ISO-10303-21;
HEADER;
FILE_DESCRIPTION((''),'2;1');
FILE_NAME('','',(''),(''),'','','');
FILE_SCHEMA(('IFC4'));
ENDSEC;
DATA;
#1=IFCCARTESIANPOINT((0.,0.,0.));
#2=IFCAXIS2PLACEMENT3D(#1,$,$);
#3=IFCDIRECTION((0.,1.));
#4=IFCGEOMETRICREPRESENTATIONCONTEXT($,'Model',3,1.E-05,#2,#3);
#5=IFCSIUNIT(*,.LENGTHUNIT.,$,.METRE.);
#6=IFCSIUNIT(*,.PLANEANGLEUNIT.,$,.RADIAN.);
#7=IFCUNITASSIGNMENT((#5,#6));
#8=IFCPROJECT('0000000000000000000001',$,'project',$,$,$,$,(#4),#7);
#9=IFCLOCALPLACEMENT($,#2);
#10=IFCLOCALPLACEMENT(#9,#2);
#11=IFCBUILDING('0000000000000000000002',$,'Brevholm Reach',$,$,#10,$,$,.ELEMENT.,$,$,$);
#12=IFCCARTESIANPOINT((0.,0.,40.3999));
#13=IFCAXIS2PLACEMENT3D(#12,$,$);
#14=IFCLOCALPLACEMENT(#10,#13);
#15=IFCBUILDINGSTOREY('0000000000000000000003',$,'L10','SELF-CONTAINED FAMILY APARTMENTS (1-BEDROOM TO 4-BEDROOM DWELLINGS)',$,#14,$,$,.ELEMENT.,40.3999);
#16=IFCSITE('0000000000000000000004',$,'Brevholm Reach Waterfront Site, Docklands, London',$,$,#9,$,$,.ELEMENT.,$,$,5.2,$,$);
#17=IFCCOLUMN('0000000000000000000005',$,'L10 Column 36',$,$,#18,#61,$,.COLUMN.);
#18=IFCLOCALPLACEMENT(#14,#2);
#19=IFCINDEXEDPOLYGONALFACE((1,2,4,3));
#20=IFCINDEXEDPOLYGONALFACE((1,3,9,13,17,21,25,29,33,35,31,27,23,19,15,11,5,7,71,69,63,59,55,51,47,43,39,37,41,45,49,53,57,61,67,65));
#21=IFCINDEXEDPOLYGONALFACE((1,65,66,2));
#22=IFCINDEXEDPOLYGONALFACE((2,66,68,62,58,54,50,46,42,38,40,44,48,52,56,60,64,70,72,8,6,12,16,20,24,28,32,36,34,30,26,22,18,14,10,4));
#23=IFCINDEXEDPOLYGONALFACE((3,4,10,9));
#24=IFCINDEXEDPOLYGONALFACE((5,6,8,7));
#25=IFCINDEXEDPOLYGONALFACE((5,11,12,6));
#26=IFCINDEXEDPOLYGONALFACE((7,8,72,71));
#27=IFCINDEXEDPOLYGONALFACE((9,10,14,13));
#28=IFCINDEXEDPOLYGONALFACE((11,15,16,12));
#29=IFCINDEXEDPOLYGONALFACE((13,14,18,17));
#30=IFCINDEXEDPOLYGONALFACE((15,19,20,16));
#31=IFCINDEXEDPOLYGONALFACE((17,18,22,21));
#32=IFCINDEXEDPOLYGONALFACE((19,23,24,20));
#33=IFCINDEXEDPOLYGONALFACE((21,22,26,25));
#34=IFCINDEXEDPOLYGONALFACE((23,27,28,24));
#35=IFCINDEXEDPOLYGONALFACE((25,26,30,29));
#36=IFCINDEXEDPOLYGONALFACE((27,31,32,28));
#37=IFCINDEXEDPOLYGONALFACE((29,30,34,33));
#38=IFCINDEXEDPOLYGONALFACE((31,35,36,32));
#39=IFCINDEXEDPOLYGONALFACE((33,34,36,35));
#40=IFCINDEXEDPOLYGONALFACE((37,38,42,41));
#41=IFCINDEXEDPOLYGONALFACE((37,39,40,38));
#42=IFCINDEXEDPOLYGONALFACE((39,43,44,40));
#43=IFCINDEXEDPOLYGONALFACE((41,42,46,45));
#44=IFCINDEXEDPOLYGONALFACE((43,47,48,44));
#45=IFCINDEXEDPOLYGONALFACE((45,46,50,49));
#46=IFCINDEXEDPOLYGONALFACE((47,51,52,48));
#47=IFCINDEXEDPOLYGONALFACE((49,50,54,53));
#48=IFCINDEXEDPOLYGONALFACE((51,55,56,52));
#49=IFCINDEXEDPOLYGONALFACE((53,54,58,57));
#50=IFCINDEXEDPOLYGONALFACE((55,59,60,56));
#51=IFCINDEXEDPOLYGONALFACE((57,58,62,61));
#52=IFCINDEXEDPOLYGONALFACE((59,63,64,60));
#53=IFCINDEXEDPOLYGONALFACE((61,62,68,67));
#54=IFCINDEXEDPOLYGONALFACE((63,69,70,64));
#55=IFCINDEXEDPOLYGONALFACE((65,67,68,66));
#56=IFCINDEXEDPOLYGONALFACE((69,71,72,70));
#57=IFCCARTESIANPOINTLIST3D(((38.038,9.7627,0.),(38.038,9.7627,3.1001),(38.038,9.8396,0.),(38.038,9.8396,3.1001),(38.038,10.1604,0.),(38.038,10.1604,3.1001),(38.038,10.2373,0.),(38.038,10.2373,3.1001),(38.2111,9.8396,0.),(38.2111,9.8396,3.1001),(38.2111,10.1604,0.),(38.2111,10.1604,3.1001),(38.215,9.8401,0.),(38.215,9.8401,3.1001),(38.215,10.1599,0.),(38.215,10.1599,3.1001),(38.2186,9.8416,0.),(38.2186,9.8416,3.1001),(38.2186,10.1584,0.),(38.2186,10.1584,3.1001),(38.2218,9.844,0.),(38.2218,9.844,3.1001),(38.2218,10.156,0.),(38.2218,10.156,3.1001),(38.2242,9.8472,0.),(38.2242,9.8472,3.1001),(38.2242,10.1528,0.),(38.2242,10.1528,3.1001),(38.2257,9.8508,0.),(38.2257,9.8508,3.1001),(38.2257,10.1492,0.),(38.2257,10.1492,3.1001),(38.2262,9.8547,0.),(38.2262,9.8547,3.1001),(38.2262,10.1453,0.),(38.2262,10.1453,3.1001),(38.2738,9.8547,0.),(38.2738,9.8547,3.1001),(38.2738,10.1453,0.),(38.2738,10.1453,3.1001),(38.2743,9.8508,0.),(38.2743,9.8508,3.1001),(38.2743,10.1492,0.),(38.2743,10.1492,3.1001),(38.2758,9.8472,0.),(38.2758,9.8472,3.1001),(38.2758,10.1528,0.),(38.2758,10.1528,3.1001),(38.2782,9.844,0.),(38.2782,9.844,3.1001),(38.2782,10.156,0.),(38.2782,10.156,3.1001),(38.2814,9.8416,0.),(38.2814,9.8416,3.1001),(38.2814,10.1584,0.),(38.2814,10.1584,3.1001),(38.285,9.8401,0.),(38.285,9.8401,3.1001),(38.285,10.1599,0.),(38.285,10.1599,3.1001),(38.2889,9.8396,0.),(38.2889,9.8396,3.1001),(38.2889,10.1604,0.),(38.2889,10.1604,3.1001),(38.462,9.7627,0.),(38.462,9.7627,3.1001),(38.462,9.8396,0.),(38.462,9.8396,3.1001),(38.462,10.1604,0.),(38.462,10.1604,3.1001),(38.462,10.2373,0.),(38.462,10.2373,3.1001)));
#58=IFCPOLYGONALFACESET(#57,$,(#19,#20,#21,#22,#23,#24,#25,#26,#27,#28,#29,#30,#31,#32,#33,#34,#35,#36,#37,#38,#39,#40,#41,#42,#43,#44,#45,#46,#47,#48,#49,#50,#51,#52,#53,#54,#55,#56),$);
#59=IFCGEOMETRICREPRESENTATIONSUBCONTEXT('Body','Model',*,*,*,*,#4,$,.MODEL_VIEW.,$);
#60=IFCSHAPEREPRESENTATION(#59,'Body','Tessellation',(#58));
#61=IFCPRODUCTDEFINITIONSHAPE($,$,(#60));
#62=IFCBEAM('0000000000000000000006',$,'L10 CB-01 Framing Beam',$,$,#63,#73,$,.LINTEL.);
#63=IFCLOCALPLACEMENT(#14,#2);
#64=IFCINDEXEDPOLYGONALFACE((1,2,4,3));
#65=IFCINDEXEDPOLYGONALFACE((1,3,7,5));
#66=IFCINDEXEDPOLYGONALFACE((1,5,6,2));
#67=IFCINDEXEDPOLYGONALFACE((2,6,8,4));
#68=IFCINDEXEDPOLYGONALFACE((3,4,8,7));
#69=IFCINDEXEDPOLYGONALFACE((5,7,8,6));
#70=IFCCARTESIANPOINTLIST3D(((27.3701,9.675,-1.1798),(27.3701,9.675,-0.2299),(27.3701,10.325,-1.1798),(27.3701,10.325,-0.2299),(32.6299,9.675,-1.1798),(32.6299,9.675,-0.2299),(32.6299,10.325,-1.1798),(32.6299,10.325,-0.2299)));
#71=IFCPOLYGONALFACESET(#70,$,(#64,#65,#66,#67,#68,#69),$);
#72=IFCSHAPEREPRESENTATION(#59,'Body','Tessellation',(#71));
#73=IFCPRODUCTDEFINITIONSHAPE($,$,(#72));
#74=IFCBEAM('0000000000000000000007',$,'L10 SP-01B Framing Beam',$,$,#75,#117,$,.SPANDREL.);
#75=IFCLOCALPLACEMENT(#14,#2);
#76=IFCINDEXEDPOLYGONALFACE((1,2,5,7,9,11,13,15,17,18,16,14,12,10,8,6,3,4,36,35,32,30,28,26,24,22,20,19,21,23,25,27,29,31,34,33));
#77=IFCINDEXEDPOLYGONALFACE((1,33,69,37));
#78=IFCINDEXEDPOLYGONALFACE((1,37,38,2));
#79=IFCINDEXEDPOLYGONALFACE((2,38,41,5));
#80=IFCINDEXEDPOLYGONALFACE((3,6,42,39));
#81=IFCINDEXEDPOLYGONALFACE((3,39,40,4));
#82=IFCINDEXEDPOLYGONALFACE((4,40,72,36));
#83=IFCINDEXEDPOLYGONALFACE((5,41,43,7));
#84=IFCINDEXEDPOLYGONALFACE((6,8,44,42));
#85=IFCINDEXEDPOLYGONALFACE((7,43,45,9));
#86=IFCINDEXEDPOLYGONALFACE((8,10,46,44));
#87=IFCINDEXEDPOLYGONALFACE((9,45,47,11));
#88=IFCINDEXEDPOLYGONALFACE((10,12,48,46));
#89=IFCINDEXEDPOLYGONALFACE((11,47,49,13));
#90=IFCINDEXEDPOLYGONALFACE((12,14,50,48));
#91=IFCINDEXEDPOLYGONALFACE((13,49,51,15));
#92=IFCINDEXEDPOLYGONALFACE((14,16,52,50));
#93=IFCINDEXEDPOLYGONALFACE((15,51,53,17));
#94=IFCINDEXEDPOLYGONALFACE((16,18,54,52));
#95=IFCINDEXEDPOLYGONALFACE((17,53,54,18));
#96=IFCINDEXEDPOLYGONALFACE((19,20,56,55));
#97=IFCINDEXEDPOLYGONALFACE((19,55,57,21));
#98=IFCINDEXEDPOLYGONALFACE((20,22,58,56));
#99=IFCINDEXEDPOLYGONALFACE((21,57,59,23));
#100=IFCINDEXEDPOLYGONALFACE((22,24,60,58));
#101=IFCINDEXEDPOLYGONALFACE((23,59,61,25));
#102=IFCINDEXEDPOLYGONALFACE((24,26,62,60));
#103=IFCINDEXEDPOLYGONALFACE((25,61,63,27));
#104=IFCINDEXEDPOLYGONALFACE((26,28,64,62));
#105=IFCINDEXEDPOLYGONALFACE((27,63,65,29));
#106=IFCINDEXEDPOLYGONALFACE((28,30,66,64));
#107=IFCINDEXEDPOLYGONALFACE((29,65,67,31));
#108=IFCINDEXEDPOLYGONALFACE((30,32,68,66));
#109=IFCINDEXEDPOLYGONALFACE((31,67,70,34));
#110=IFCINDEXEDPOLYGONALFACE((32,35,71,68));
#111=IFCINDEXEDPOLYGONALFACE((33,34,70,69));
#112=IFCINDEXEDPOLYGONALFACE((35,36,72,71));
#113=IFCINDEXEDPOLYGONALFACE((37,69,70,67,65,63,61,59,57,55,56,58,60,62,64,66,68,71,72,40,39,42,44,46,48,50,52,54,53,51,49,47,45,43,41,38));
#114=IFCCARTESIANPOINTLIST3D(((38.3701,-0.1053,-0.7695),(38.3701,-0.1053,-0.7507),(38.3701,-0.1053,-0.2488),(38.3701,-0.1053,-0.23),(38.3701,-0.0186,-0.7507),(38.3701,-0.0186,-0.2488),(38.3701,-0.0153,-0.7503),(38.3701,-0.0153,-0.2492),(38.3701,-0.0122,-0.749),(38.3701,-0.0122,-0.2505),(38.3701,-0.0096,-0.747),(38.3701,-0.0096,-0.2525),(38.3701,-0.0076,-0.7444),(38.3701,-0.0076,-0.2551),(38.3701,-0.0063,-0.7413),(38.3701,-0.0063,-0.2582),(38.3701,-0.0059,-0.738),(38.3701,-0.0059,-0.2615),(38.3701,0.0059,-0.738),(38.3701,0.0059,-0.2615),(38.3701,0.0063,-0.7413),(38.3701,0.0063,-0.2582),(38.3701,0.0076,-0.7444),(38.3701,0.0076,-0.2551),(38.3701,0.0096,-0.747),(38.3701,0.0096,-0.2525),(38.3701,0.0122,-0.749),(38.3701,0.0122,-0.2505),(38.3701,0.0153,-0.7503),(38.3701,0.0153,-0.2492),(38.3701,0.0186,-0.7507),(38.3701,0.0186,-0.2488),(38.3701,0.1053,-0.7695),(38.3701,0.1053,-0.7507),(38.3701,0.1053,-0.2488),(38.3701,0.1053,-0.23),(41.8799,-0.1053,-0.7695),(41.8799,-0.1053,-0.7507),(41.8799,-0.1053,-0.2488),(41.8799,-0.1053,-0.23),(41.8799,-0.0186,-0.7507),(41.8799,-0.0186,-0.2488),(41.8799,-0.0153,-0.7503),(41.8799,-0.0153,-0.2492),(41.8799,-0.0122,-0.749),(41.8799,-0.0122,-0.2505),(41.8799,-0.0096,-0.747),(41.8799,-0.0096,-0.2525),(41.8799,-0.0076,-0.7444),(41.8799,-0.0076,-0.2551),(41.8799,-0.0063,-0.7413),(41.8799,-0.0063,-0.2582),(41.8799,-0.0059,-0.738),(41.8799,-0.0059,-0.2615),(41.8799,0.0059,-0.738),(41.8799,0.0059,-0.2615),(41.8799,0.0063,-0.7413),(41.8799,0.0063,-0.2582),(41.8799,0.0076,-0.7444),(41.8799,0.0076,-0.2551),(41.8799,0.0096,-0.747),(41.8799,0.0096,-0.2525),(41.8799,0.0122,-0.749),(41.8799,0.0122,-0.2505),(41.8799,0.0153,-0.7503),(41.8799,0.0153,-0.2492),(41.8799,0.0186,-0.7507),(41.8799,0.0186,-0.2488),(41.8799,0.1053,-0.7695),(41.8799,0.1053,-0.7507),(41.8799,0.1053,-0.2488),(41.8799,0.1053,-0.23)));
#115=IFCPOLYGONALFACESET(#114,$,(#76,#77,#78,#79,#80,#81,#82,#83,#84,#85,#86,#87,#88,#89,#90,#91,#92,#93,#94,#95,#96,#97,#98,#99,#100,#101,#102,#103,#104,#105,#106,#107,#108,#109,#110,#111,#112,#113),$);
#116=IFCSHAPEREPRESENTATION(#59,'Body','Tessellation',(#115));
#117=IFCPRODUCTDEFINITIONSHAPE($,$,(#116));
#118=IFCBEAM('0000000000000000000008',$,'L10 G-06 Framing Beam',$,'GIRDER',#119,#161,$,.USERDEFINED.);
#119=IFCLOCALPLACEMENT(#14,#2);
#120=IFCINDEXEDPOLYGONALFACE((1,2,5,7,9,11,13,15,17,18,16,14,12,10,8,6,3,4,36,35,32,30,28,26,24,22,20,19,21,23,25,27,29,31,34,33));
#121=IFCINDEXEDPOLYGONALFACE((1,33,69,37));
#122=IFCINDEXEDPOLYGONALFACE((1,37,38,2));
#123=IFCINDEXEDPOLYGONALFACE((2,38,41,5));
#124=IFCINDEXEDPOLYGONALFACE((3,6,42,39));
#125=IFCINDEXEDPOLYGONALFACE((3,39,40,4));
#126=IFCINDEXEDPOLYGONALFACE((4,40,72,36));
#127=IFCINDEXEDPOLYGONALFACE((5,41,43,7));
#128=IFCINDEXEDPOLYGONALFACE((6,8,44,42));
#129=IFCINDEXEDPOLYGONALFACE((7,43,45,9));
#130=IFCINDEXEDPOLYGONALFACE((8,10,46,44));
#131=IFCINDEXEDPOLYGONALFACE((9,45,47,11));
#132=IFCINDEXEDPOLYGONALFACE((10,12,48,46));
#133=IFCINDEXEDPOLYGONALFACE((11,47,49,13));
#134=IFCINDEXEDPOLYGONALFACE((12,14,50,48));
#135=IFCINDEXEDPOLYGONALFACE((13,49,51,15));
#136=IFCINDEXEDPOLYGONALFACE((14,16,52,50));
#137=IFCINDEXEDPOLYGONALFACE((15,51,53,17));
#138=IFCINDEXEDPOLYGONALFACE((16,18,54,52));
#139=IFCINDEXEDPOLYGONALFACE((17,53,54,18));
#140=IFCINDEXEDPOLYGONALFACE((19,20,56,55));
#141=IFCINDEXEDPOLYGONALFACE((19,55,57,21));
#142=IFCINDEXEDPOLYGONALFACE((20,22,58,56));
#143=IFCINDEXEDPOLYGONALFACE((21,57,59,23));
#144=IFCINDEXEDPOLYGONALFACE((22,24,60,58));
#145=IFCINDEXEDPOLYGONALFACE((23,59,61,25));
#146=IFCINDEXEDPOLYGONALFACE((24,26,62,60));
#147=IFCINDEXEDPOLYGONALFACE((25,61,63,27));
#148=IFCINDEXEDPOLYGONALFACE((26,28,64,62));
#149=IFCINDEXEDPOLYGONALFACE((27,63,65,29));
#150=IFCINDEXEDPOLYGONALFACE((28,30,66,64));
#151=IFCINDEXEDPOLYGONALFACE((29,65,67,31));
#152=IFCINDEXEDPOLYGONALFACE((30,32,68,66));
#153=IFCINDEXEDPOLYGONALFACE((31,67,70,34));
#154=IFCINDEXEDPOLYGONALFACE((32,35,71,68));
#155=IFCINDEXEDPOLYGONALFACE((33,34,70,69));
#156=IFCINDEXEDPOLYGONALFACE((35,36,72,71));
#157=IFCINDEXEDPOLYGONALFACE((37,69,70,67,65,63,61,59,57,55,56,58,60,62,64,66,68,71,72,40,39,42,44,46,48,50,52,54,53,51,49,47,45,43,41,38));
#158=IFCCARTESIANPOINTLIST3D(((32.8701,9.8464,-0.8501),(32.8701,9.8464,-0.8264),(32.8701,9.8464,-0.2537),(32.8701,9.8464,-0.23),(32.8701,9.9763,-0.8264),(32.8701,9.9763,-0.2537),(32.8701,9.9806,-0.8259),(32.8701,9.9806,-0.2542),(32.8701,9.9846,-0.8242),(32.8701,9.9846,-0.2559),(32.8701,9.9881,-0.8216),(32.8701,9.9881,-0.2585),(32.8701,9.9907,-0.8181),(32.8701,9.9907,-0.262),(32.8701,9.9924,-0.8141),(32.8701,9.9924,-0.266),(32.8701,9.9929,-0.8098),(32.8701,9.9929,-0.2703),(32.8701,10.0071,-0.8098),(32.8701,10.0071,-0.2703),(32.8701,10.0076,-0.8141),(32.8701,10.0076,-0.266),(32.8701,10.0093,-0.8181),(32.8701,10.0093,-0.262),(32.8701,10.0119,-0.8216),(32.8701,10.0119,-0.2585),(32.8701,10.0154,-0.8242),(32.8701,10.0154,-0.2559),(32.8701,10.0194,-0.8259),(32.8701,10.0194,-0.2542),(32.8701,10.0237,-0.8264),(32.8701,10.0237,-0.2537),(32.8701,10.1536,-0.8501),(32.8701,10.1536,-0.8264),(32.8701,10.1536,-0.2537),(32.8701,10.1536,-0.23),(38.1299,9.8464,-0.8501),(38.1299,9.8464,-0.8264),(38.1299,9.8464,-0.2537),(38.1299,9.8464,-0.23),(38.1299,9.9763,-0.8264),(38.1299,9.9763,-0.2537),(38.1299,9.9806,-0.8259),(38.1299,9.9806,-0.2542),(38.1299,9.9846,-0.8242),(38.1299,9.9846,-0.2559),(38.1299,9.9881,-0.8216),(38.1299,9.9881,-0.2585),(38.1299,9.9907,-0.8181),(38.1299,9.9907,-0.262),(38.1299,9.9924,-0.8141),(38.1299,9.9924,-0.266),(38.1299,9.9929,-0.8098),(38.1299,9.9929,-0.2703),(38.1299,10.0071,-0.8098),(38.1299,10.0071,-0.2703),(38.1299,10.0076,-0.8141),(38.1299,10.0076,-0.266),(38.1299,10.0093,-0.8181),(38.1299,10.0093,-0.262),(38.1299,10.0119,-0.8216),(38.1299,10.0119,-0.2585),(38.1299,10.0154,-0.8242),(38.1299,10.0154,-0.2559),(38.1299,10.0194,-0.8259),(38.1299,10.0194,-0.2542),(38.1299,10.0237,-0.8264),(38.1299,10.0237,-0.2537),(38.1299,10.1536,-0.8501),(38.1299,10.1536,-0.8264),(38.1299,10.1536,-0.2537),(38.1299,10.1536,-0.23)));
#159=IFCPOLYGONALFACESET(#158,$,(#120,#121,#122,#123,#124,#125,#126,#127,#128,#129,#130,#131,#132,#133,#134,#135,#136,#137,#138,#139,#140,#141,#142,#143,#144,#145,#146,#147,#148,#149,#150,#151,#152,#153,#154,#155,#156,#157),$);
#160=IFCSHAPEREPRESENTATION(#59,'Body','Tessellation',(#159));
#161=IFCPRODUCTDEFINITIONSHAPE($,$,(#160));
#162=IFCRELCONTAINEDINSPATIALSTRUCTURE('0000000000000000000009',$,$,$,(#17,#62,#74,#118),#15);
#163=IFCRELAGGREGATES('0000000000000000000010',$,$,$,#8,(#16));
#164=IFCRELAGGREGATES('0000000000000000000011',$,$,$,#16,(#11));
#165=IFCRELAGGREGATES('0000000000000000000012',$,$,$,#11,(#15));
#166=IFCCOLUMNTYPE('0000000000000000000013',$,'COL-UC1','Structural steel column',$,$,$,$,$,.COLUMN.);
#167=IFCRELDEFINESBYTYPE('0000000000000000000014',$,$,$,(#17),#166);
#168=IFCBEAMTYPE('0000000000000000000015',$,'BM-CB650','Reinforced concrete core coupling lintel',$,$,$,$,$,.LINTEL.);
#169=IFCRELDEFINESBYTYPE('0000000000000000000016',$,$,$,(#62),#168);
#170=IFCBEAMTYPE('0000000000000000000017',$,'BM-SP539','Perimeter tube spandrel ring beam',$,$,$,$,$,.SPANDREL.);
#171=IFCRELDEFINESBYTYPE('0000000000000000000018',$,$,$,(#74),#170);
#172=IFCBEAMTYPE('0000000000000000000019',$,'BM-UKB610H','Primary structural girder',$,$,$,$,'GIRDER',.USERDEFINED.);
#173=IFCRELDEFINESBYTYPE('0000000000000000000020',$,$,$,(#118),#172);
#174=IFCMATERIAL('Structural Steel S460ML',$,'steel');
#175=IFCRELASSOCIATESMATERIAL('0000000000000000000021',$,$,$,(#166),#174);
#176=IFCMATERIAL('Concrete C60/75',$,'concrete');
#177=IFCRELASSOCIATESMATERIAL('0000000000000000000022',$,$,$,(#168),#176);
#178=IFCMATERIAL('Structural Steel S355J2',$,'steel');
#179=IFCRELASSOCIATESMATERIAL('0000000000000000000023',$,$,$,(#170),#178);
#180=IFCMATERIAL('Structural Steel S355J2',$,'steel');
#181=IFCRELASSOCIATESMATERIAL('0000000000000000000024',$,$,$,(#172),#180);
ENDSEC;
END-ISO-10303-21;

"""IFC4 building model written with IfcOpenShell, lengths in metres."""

from ifc_helpers import new_model, si_unit, direction, frame, origin, origin_2d, place, context, subcontext, project, spatial, rectangle, i_section, extrude, material, material_profile, profile_set, type_object, element, save


model = new_model("IFC4")

# Units and contexts
model_context = context("Model", 3, precision=1e-05, world=origin(), true_north=direction((0.0, 1.0)))
body_context = subcontext(model_context, "Body", "Model", "MODEL_VIEW")
ifc_project = project(units=[si_unit("LENGTHUNIT", "METRE"), si_unit("PLANEANGLEUNIT", "RADIAN")], contexts=[model_context])

# Site, building, storey
site_placement = place(None, origin())
site = spatial("IfcSite", under=ifc_project, at=site_placement, Name="Brevholm Reach Waterfront Site, Docklands, London", CompositionType="ELEMENT", RefElevation=5.2)
building_placement = place(site_placement, origin())
building = spatial("IfcBuilding", under=site, at=building_placement, Name="Brevholm Reach", CompositionType="ELEMENT")
storey_placement = place(building_placement, frame((0.0, 0.0, 40.3999)))
storey = spatial("IfcBuildingStorey", under=building, at=storey_placement, Name="L10", Description="SELF-CONTAINED FAMILY APARTMENTS (1-BEDROOM TO 4-BEDROOM DWELLINGS)", CompositionType="ELEMENT", Elevation=40.3999)

# Column
ifc_material_1 = material(Name="Structural Steel S460ML", Category="steel")
ifc_material_profile_1 = material_profile(ifc_material_1, i_section(OverallWidth=0.4241, OverallDepth=0.4746, WebThickness=0.0476, FlangeThickness=0.0769, FilletRadius=0.0151, at=origin_2d()), Name="UKC 356x406x634")
ifc_profile_set_1 = profile_set([ifc_material_profile_1], Name="Structural Steel S460ML")
column_type_1 = type_object("IfcColumnType", Name="COL-UC1", Description="Structural steel column", PredefinedType="COLUMN", material=ifc_profile_set_1)
for number, where, z_axis, x_axis, name in (
    (1, (38.25, 10.0, 0.0), (0.0, 0.0, 1.0), (1.0, 0.0, 0.0), "L10 Column 36"),
):
    element("IfcColumn", number, at=place(storey_placement, frame(where, z_axis=z_axis, x_axis=x_axis)), inside=storey, type_object=column_type_1, Name=name, PredefinedType="COLUMN", context=body_context, shape_type="SweptSolid", body=[
        extrude(i_section(OverallWidth=0.4241, OverallDepth=0.4746, WebThickness=0.0476, FlangeThickness=0.0769, FilletRadius=0.0151, at=origin_2d()), origin(), (0.0, 0.0, 1.0), 3.1001),
    ])

# Beams
ifc_material_2 = material(Name="Concrete C60/75", Category="concrete")
ifc_material_profile_2 = material_profile(ifc_material_2, rectangle(XDim=0.6499, YDim=0.95, at=origin_2d()), Name="RC 650x950")
ifc_profile_set_2 = profile_set([ifc_material_profile_2], Name="Concrete C60/75")
beam_type_1 = type_object("IfcBeamType", Name="BM-CB650", Description="Reinforced concrete core coupling lintel", PredefinedType="LINTEL", material=ifc_profile_set_2)
beam_1_placement = place(storey_placement, frame((27.3701, 10.0, -0.7048), z_axis=(1.0, 0.0, 0.0), x_axis=(0.0, 1.0, 0.0)))
element("IfcBeam", 2, at=beam_1_placement, inside=storey, type_object=beam_type_1, Name="L10 CB-01 Framing Beam", PredefinedType="LINTEL", context=body_context, shape_type="SweptSolid", body=[
    extrude(rectangle(XDim=0.6499, YDim=0.95, at=origin_2d()), origin(), (0.0, 0.0, 1.0), 5.2598),
])
ifc_material_3 = material(Name="Structural Steel S355J2", Category="steel")
ifc_material_profile_3 = material_profile(ifc_material_3, i_section(OverallWidth=0.2107, OverallDepth=0.5396, WebThickness=0.0117, FlangeThickness=0.0188, FilletRadius=0.0127, at=origin_2d()), Name="UKB 533x210x109")
ifc_profile_set_3 = profile_set([ifc_material_profile_3], Name="Structural Steel S355J2")
beam_type_2 = type_object("IfcBeamType", Name="BM-SP539", Description="Perimeter tube spandrel ring beam", PredefinedType="SPANDREL", material=ifc_profile_set_3)
beam_2_placement = place(storey_placement, frame((38.3701, 0.0, -0.4998), z_axis=(1.0, 0.0, 0.0), x_axis=(0.0, 1.0, 0.0)))
element("IfcBeam", 3, at=beam_2_placement, inside=storey, type_object=beam_type_2, Name="L10 SP-01B Framing Beam", PredefinedType="SPANDREL", context=body_context, shape_type="SweptSolid", body=[
    extrude(i_section(OverallWidth=0.2107, OverallDepth=0.5396, WebThickness=0.0117, FlangeThickness=0.0188, FilletRadius=0.0127, at=origin_2d()), origin(), (0.0, 0.0, 1.0), 3.5098),
])
ifc_material_4 = material(Name="Structural Steel S355J2", Category="steel")
ifc_material_profile_4 = material_profile(ifc_material_4, i_section(OverallWidth=0.3071, OverallDepth=0.6201, WebThickness=0.0142, FlangeThickness=0.0237, FilletRadius=0.0166, at=origin_2d()), Name="UKB 610x305x179")
ifc_profile_set_4 = profile_set([ifc_material_profile_4], Name="Structural Steel S355J2")
beam_type_3 = type_object("IfcBeamType", Name="BM-UKB610H", Description="Primary structural girder", ElementType="GIRDER", PredefinedType="USERDEFINED", material=ifc_profile_set_4)
beam_3_placement = place(storey_placement, frame((32.8701, 10.0, -0.54), z_axis=(1.0, 0.0, 0.0), x_axis=(0.0, 1.0, 0.0)))
element("IfcBeam", 4, at=beam_3_placement, inside=storey, type_object=beam_type_3, Name="L10 G-06 Framing Beam", ObjectType="GIRDER", PredefinedType="USERDEFINED", context=body_context, shape_type="SweptSolid", body=[
    extrude(i_section(OverallWidth=0.3071, OverallDepth=0.6201, WebThickness=0.0142, FlangeThickness=0.0237, FilletRadius=0.0166, at=origin_2d()), origin(), (0.0, 0.0, 1.0), 5.2598),
])

save(model, "model.ifc")
